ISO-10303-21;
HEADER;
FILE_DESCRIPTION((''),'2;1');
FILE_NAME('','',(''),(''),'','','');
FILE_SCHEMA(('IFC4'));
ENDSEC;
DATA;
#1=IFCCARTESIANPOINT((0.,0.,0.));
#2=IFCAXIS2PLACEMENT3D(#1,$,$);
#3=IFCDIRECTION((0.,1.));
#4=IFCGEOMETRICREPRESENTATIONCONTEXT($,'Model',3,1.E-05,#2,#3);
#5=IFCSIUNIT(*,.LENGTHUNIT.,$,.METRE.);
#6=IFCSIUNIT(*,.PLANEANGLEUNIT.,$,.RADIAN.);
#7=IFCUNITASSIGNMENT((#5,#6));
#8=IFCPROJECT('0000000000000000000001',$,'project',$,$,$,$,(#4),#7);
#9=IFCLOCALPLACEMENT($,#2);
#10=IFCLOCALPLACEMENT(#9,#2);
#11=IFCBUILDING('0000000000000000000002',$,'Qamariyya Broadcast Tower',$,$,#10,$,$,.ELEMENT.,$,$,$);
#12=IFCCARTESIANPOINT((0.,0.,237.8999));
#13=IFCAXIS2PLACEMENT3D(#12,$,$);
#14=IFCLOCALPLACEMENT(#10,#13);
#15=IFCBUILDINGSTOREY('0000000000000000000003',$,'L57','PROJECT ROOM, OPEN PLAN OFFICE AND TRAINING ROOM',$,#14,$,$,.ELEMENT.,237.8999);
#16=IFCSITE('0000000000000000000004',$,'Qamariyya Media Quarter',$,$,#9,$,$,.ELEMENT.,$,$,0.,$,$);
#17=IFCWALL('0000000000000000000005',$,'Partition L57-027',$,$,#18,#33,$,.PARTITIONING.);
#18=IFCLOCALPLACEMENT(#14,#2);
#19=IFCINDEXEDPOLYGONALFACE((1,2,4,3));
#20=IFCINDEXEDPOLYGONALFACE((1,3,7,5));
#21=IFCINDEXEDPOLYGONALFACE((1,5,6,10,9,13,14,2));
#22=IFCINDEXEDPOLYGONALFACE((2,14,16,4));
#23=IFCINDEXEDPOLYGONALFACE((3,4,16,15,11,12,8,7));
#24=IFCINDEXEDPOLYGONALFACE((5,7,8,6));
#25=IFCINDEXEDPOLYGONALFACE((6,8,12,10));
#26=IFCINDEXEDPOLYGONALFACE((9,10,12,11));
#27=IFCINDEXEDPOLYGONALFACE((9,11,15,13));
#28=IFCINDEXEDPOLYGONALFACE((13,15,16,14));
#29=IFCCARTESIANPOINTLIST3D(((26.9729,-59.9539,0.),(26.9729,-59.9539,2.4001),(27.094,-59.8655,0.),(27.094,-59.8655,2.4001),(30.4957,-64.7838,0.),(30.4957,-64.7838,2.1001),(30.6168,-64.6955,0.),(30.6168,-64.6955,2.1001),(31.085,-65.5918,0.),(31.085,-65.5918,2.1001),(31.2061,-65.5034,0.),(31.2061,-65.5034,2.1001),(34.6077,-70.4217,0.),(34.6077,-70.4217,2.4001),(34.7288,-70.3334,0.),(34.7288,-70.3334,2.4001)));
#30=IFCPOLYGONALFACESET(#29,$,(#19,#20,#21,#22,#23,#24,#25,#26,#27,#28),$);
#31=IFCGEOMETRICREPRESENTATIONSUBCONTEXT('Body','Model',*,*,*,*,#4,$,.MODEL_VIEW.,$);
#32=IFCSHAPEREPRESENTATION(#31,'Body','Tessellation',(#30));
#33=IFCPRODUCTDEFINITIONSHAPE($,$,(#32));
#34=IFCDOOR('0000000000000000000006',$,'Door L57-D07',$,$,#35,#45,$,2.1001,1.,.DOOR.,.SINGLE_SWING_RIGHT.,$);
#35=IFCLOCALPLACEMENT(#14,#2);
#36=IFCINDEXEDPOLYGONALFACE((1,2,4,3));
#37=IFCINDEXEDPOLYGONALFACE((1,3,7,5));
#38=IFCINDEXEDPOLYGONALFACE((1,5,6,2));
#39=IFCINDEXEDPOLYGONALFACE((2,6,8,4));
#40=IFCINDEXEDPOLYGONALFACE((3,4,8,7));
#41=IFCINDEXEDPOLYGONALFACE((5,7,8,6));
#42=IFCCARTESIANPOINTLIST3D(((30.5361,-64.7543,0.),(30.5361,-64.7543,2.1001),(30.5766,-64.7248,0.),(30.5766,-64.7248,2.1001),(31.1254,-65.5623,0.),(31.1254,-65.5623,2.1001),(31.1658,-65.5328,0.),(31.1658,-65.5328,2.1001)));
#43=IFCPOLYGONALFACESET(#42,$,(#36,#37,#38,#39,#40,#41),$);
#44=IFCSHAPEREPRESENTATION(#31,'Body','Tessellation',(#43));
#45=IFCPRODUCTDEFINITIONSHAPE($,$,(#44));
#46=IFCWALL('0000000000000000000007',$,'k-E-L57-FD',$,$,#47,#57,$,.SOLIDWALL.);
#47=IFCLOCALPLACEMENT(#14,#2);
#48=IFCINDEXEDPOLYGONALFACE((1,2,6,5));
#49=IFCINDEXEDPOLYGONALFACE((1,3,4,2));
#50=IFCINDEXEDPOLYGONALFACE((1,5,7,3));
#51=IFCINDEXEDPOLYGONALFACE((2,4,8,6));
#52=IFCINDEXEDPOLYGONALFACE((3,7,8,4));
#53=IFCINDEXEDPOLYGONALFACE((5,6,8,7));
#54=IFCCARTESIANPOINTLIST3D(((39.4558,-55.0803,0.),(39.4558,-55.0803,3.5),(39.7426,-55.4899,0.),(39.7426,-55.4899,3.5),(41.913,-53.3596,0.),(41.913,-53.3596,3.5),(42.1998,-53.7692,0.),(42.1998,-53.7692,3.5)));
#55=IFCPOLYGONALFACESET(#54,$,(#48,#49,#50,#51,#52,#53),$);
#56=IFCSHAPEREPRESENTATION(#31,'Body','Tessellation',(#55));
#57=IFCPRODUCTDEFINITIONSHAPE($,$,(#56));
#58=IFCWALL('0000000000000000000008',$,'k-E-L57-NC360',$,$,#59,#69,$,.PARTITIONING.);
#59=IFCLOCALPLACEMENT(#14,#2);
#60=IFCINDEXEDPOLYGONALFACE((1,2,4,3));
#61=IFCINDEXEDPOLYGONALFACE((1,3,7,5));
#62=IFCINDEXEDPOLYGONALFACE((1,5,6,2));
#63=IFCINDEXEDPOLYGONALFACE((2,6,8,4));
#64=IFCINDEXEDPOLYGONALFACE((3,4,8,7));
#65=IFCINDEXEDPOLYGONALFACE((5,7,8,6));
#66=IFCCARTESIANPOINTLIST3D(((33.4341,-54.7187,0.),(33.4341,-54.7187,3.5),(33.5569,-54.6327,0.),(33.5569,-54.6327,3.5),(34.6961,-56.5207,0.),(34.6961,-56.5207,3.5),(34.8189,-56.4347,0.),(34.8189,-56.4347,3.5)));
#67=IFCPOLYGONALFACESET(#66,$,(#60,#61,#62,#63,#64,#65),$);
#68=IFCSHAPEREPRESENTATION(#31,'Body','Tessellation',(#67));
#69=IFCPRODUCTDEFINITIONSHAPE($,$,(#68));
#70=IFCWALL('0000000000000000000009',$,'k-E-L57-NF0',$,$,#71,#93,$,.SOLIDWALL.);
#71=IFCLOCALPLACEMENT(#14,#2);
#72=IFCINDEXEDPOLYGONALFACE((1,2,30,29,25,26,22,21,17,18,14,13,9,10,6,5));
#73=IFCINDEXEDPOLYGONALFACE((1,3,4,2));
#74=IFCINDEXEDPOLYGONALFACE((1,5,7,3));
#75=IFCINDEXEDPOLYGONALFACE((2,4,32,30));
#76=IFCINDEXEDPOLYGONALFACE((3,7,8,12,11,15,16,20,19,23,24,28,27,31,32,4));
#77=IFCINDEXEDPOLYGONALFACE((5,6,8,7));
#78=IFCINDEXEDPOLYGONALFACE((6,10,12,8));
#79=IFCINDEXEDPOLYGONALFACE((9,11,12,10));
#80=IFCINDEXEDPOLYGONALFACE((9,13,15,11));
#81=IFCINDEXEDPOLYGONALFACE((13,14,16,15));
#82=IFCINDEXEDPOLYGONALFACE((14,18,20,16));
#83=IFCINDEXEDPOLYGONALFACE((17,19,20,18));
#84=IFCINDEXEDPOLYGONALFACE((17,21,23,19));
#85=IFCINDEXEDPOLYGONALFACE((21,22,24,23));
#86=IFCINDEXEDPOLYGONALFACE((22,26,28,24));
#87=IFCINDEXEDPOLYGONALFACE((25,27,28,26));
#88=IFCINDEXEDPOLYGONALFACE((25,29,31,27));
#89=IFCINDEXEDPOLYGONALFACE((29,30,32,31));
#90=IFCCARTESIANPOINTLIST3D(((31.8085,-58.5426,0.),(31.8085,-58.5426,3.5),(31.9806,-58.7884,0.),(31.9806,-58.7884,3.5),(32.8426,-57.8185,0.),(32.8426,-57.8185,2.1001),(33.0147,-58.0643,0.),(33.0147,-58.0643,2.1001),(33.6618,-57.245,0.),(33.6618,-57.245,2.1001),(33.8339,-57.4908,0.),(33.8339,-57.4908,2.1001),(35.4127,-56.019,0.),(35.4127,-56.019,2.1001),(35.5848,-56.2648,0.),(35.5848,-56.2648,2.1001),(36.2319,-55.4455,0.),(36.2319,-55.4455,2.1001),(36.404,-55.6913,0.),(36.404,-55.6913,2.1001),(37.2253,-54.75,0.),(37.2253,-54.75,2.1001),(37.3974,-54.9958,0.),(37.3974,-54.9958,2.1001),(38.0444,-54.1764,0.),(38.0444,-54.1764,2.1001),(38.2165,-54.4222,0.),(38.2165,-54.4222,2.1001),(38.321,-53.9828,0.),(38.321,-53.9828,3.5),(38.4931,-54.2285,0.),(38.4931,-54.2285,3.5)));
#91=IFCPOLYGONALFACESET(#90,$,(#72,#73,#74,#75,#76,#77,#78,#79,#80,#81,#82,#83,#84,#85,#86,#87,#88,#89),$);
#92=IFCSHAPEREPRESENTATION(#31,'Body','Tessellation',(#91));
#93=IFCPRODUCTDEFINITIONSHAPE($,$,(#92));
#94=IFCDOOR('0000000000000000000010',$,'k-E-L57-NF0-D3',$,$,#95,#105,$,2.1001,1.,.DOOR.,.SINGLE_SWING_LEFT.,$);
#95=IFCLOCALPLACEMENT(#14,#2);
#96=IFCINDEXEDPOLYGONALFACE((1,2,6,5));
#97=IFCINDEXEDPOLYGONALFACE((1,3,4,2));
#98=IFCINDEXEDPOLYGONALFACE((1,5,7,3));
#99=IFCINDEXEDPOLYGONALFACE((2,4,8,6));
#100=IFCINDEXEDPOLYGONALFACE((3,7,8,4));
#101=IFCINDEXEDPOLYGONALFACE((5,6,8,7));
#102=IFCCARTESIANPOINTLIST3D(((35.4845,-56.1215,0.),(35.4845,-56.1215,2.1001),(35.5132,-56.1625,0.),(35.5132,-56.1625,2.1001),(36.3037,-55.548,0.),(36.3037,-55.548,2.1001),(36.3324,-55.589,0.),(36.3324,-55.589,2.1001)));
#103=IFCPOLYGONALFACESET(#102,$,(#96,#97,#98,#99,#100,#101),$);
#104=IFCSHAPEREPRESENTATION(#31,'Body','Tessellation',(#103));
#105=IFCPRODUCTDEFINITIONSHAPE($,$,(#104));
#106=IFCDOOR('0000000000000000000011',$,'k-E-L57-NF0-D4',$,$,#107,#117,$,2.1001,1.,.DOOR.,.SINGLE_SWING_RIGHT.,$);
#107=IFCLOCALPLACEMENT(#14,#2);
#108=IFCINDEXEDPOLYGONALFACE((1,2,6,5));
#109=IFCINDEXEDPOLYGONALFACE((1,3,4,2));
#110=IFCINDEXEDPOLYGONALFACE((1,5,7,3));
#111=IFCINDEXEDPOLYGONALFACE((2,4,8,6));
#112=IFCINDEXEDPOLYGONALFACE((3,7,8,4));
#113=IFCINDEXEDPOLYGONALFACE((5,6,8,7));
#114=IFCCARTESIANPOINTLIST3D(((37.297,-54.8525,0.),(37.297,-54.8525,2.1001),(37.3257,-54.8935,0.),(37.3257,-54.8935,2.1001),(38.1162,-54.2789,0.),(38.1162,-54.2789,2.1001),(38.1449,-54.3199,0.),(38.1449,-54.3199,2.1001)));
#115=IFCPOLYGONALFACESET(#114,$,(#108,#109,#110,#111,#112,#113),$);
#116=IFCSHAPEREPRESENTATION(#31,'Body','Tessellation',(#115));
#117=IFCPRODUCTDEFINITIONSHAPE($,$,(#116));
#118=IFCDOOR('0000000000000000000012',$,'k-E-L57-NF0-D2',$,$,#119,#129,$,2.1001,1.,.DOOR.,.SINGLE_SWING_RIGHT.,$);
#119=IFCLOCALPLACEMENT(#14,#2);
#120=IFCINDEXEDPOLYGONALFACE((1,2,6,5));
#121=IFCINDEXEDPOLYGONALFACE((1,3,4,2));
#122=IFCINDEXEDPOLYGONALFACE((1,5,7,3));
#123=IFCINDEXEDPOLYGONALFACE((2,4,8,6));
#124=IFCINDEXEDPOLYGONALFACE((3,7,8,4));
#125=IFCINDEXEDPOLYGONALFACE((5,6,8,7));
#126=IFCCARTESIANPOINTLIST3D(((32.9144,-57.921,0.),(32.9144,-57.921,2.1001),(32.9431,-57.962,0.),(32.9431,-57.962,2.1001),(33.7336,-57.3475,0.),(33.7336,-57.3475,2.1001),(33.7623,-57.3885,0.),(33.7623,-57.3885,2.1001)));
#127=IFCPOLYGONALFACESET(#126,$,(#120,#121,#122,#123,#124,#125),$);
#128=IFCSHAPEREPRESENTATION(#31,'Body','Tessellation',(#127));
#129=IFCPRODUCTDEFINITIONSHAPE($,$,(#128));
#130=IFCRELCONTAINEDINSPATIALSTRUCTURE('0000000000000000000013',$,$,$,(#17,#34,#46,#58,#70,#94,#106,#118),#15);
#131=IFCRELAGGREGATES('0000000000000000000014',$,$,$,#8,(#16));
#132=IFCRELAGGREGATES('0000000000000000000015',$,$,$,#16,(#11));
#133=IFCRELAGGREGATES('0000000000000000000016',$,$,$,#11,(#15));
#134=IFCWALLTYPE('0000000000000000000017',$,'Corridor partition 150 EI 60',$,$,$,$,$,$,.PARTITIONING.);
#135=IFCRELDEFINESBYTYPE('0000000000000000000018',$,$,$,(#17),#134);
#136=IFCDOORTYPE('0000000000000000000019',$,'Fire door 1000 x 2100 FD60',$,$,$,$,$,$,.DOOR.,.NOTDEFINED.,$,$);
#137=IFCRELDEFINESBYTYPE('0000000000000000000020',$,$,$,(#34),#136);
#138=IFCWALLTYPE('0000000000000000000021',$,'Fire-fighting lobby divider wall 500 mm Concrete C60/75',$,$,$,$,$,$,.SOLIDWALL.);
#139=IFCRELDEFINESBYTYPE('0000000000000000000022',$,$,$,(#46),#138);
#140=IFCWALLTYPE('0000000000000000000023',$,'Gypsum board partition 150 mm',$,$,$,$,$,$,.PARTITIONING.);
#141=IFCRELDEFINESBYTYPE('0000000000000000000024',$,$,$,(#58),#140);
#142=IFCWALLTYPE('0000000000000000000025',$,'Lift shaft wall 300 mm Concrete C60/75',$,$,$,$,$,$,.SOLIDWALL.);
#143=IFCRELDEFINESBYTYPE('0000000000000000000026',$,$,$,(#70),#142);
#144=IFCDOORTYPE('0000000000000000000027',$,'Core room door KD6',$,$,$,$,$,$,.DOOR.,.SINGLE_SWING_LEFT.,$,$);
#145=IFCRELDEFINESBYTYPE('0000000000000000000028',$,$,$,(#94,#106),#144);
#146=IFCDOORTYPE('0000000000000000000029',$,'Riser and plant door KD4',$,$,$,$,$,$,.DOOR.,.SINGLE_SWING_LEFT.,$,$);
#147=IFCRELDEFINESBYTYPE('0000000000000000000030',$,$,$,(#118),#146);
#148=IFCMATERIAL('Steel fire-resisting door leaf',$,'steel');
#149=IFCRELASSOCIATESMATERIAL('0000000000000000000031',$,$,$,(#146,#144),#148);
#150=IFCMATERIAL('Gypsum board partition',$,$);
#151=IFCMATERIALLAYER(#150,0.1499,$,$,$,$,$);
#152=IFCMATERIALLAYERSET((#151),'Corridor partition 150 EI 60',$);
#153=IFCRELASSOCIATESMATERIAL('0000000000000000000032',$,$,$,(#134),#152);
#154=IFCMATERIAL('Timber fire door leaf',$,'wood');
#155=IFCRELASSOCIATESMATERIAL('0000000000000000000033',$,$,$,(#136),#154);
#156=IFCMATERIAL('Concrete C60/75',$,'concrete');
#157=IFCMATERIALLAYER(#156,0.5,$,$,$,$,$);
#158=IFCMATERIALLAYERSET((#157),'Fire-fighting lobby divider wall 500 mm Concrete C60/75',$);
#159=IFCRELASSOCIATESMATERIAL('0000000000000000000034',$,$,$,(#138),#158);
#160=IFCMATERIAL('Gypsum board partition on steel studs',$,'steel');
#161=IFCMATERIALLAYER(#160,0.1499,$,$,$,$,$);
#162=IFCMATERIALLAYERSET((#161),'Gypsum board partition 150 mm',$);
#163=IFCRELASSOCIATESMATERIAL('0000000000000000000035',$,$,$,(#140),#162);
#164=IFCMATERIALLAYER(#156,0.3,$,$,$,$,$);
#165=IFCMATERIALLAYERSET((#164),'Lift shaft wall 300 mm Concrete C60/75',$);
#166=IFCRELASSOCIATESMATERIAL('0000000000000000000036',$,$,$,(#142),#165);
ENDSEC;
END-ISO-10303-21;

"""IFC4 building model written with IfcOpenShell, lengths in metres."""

from ifc_helpers import new_model, si_unit, direction, frame, frame_2d, origin, place, context, subcontext, project, spatial, rectangle, extrude, material, layer, layer_set, type_object, element, fill, save


model = new_model("IFC4")

# Units and contexts
model_context = context("Model", 3, precision=1e-05, world=origin(), true_north=direction((0.0, 1.0)))
body_context = subcontext(model_context, "Body", "Model", "MODEL_VIEW")
ifc_project = project(units=[si_unit("LENGTHUNIT", "METRE"), si_unit("PLANEANGLEUNIT", "RADIAN")], contexts=[model_context])

# Site, building, storey
site_placement = place(None, origin())
site = spatial("IfcSite", under=ifc_project, at=site_placement, Name="Qamariyya Media Quarter", CompositionType="ELEMENT", RefElevation=0.0)
building_placement = place(site_placement, origin())
building = spatial("IfcBuilding", under=site, at=building_placement, Name="Qamariyya Broadcast Tower", CompositionType="ELEMENT")
storey_placement = place(building_placement, frame((0.0, 0.0, 237.8999)))
storey = spatial("IfcBuildingStorey", under=building, at=storey_placement, Name="L57", Description="PROJECT ROOM, OPEN PLAN OFFICE AND TRAINING ROOM", CompositionType="ELEMENT", Elevation=237.8999)

# Shared definitions
ifc_material_1 = material(Name="Concrete C60/75", Category="concrete")

# Shared definitions
ifc_material_2 = material(Name="Steel fire-resisting door leaf", Category="steel")

# Shared definitions
door_type_1 = type_object("IfcDoorType", Name="Riser and plant door KD4", OperationType="SINGLE_SWING_LEFT", PredefinedType="DOOR", material=ifc_material_2)

# Wall, opening, door
ifc_material_3 = material(Name="Gypsum board partition")
ifc_layer_1 = layer(ifc_material_3, 0.1499)
ifc_layer_set_1 = layer_set([ifc_layer_1], Name="Corridor partition 150 EI 60")
wall_type_1 = type_object("IfcWallType", Name="Corridor partition 150 EI 60", PredefinedType="PARTITIONING", material=ifc_layer_set_1)
wall_1_placement = place(storey_placement, frame((34.6682, -70.3774, 0.0), z_axis=(0.0, 0.0, 1.0), x_axis=(-0.589274, 0.807934, 0.0)))
wall_1 = element("IfcWall", 1, at=wall_1_placement, inside=storey, type_object=wall_type_1, Name="Partition L57-027", PredefinedType="PARTITIONING", context=body_context, shape_type="SweptSolid", body=[
    extrude(rectangle(XDim=12.9563, YDim=0.1499, at=frame_2d((6.478, 0.0))), origin(), (0.0, 0.0, 1.0), 2.4001),
])
opening_1_placement = place(wall_1_placement, frame((5.978, 0.0, 0.0)))
opening_1 = element("IfcOpeningElement", 2, at=opening_1_placement, cuts=wall_1, PredefinedType="OPENING", context=body_context, shape_type="SweptSolid", body=[
    extrude(rectangle(XDim=1.0, YDim=2.1001, at=frame_2d((0.5, 1.05))), frame((0.0, 0.085, 0.0), z_axis=(0.0, -1.0, 0.0), x_axis=(1.0, 0.0, 0.0)), (0.0, 0.0, 1.0), 0.1699),
])
ifc_material_4 = material(Name="Timber fire door leaf", Category="wood")
door_type_2 = type_object("IfcDoorType", Name="Fire door 1000 x 2100 FD60", OperationType="NOTDEFINED", PredefinedType="DOOR", material=ifc_material_4)
door_1_placement = place(opening_1_placement, origin())
door_1 = element("IfcDoor", 3, at=door_1_placement, inside=storey, type_object=door_type_2, Name="Door L57-D07", OperationType="SINGLE_SWING_RIGHT", OverallHeight=2.1001, OverallWidth=1.0, PredefinedType="DOOR", context=body_context, shape_type="SweptSolid", body=[
    extrude(rectangle(XDim=1.0, YDim=2.1001, at=frame_2d((0.5, 1.05))), frame((0.0, 0.0249, 0.0), z_axis=(0.0, -1.0, 0.0), x_axis=(1.0, 0.0, 0.0)), (0.0, 0.0, 1.0), 0.05),
])
fill(opening_1, door_1)

# Walls
ifc_layer_2 = layer(ifc_material_1, 0.5)
ifc_layer_set_2 = layer_set([ifc_layer_2], Name="Fire-fighting lobby divider wall 500 mm Concrete C60/75")
wall_type_2 = type_object("IfcWallType", Name="Fire-fighting lobby divider wall 500 mm Concrete C60/75", PredefinedType="SOLIDWALL", material=ifc_layer_set_2)
wall_2_placement = place(storey_placement, frame((39.5991, -55.2852, 0.0), z_axis=(0.0, 0.0, 1.0), x_axis=(0.819136, 0.573599, 0.0)))
element("IfcWall", 4, at=wall_2_placement, inside=storey, type_object=wall_type_2, Name="k-E-L57-FD", PredefinedType="SOLIDWALL", context=body_context, shape_type="SweptSolid", body=[
    extrude(rectangle(XDim=2.9998, YDim=0.5, at=frame_2d((1.5, 0.0))), origin(), (0.0, 0.0, 1.0), 3.5),
])
ifc_material_5 = material(Name="Gypsum board partition on steel studs", Category="steel")
ifc_layer_3 = layer(ifc_material_5, 0.1499)
ifc_layer_set_3 = layer_set([ifc_layer_3], Name="Gypsum board partition 150 mm")
wall_type_3 = type_object("IfcWallType", Name="Gypsum board partition 150 mm", PredefinedType="PARTITIONING", material=ifc_layer_set_3)
wall_3_placement = place(storey_placement, frame((34.7576, -56.4778, 0.0), z_axis=(0.0, 0.0, 1.0), x_axis=(-0.573634, 0.819112, 0.0)))
element("IfcWall", 5, at=wall_3_placement, inside=storey, type_object=wall_type_3, Name="k-E-L57-NC360", PredefinedType="PARTITIONING", context=body_context, shape_type="SweptSolid", body=[
    extrude(rectangle(XDim=2.2, YDim=0.1499, at=frame_2d((1.1001, 0.0))), origin(), (0.0, 0.0, 1.0), 3.5),
])

# Wall, openings, doors
ifc_layer_4 = layer(ifc_material_1, 0.3)
ifc_layer_set_4 = layer_set([ifc_layer_4], Name="Lift shaft wall 300 mm Concrete C60/75")
wall_type_4 = type_object("IfcWallType", Name="Lift shaft wall 300 mm Concrete C60/75", PredefinedType="SOLIDWALL", material=ifc_layer_set_4)
wall_4_placement = place(storey_placement, frame((31.8945, -58.6655, 0.0), z_axis=(0.0, 0.0, 1.0), x_axis=(0.819167, 0.573555, 0.0)))
wall_4 = element("IfcWall", 6, at=wall_4_placement, inside=storey, type_object=wall_type_4, Name="k-E-L57-NF0", PredefinedType="SOLIDWALL", context=body_context, shape_type="SweptSolid", body=[
    extrude(rectangle(XDim=7.9502, YDim=0.3, at=frame_2d((3.9751, 0.0))), origin(), (0.0, 0.0, 1.0), 3.5),
])
opening_2_placement = place(wall_4_placement, frame((1.2625, 0.0, 0.0)))
opening_2 = element("IfcOpeningElement", 7, at=opening_2_placement, cuts=wall_4, PredefinedType="OPENING", context=body_context, shape_type="SweptSolid", body=[
    extrude(rectangle(XDim=1.0, YDim=2.1001, at=frame_2d((0.5, 1.05))), frame((0.0, 0.1599, 0.0), z_axis=(0.0, -1.0, 0.0), x_axis=(1.0, 0.0, 0.0)), (0.0, 0.0, 1.0), 0.3201),
])
opening_3_placement = place(wall_4_placement, frame((4.3999, 0.0, 0.0)))
opening_3 = element("IfcOpeningElement", 8, at=opening_3_placement, cuts=wall_4, PredefinedType="OPENING", context=body_context, shape_type="SweptSolid", body=[
    extrude(rectangle(XDim=1.0, YDim=2.1001, at=frame_2d((0.5, 1.05))), frame((0.0, 0.1599, 0.0), z_axis=(0.0, -1.0, 0.0), x_axis=(1.0, 0.0, 0.0)), (0.0, 0.0, 1.0), 0.3201),
])
opening_4_placement = place(wall_4_placement, frame((6.6125, 0.0, 0.0)))
opening_4 = element("IfcOpeningElement", 9, at=opening_4_placement, cuts=wall_4, PredefinedType="OPENING", context=body_context, shape_type="SweptSolid", body=[
    extrude(rectangle(XDim=1.0, YDim=2.1001, at=frame_2d((0.5, 1.05))), frame((0.0, 0.1599, 0.0), z_axis=(0.0, -1.0, 0.0), x_axis=(1.0, 0.0, 0.0)), (0.0, 0.0, 1.0), 0.3201),
])
door_type_3 = type_object("IfcDoorType", Name="Core room door KD6", OperationType="SINGLE_SWING_LEFT", PredefinedType="DOOR", material=ifc_material_2)
door_2_placement = place(opening_3_placement, origin())
door_2 = element("IfcDoor", 10, at=door_2_placement, inside=storey, type_object=door_type_3, Name="k-E-L57-NF0-D3", OperationType="SINGLE_SWING_LEFT", OverallHeight=2.1001, OverallWidth=1.0, PredefinedType="DOOR", context=body_context, shape_type="SweptSolid", body=[
    extrude(rectangle(XDim=1.0, YDim=2.1001, at=frame_2d((0.5, 1.05))), frame((0.0, 0.0249, 0.0), z_axis=(0.0, -1.0, 0.0), x_axis=(1.0, 0.0, 0.0)), (0.0, 0.0, 1.0), 0.05),
])
fill(opening_3, door_2)
door_3_placement = place(opening_4_placement, origin())
door_3 = element("IfcDoor", 11, at=door_3_placement, inside=storey, type_object=door_type_3, Name="k-E-L57-NF0-D4", OperationType="SINGLE_SWING_RIGHT", OverallHeight=2.1001, OverallWidth=1.0, PredefinedType="DOOR", context=body_context, shape_type="SweptSolid", body=[
    extrude(rectangle(XDim=1.0, YDim=2.1001, at=frame_2d((0.5, 1.05))), frame((0.0, 0.0249, 0.0), z_axis=(0.0, -1.0, 0.0), x_axis=(1.0, 0.0, 0.0)), (0.0, 0.0, 1.0), 0.05),
])
fill(opening_4, door_3)
door_4_placement = place(opening_2_placement, origin())
door_4 = element("IfcDoor", 12, at=door_4_placement, inside=storey, type_object=door_type_1, Name="k-E-L57-NF0-D2", OperationType="SINGLE_SWING_RIGHT", OverallHeight=2.1001, OverallWidth=1.0, PredefinedType="DOOR", context=body_context, shape_type="SweptSolid", body=[
    extrude(rectangle(XDim=1.0, YDim=2.1001, at=frame_2d((0.5, 1.05))), frame((0.0, 0.0249, 0.0), z_axis=(0.0, -1.0, 0.0), x_axis=(1.0, 0.0, 0.0)), (0.0, 0.0, 1.0), 0.05),
])
fill(opening_2, door_4)

save(model, "model.ifc")
